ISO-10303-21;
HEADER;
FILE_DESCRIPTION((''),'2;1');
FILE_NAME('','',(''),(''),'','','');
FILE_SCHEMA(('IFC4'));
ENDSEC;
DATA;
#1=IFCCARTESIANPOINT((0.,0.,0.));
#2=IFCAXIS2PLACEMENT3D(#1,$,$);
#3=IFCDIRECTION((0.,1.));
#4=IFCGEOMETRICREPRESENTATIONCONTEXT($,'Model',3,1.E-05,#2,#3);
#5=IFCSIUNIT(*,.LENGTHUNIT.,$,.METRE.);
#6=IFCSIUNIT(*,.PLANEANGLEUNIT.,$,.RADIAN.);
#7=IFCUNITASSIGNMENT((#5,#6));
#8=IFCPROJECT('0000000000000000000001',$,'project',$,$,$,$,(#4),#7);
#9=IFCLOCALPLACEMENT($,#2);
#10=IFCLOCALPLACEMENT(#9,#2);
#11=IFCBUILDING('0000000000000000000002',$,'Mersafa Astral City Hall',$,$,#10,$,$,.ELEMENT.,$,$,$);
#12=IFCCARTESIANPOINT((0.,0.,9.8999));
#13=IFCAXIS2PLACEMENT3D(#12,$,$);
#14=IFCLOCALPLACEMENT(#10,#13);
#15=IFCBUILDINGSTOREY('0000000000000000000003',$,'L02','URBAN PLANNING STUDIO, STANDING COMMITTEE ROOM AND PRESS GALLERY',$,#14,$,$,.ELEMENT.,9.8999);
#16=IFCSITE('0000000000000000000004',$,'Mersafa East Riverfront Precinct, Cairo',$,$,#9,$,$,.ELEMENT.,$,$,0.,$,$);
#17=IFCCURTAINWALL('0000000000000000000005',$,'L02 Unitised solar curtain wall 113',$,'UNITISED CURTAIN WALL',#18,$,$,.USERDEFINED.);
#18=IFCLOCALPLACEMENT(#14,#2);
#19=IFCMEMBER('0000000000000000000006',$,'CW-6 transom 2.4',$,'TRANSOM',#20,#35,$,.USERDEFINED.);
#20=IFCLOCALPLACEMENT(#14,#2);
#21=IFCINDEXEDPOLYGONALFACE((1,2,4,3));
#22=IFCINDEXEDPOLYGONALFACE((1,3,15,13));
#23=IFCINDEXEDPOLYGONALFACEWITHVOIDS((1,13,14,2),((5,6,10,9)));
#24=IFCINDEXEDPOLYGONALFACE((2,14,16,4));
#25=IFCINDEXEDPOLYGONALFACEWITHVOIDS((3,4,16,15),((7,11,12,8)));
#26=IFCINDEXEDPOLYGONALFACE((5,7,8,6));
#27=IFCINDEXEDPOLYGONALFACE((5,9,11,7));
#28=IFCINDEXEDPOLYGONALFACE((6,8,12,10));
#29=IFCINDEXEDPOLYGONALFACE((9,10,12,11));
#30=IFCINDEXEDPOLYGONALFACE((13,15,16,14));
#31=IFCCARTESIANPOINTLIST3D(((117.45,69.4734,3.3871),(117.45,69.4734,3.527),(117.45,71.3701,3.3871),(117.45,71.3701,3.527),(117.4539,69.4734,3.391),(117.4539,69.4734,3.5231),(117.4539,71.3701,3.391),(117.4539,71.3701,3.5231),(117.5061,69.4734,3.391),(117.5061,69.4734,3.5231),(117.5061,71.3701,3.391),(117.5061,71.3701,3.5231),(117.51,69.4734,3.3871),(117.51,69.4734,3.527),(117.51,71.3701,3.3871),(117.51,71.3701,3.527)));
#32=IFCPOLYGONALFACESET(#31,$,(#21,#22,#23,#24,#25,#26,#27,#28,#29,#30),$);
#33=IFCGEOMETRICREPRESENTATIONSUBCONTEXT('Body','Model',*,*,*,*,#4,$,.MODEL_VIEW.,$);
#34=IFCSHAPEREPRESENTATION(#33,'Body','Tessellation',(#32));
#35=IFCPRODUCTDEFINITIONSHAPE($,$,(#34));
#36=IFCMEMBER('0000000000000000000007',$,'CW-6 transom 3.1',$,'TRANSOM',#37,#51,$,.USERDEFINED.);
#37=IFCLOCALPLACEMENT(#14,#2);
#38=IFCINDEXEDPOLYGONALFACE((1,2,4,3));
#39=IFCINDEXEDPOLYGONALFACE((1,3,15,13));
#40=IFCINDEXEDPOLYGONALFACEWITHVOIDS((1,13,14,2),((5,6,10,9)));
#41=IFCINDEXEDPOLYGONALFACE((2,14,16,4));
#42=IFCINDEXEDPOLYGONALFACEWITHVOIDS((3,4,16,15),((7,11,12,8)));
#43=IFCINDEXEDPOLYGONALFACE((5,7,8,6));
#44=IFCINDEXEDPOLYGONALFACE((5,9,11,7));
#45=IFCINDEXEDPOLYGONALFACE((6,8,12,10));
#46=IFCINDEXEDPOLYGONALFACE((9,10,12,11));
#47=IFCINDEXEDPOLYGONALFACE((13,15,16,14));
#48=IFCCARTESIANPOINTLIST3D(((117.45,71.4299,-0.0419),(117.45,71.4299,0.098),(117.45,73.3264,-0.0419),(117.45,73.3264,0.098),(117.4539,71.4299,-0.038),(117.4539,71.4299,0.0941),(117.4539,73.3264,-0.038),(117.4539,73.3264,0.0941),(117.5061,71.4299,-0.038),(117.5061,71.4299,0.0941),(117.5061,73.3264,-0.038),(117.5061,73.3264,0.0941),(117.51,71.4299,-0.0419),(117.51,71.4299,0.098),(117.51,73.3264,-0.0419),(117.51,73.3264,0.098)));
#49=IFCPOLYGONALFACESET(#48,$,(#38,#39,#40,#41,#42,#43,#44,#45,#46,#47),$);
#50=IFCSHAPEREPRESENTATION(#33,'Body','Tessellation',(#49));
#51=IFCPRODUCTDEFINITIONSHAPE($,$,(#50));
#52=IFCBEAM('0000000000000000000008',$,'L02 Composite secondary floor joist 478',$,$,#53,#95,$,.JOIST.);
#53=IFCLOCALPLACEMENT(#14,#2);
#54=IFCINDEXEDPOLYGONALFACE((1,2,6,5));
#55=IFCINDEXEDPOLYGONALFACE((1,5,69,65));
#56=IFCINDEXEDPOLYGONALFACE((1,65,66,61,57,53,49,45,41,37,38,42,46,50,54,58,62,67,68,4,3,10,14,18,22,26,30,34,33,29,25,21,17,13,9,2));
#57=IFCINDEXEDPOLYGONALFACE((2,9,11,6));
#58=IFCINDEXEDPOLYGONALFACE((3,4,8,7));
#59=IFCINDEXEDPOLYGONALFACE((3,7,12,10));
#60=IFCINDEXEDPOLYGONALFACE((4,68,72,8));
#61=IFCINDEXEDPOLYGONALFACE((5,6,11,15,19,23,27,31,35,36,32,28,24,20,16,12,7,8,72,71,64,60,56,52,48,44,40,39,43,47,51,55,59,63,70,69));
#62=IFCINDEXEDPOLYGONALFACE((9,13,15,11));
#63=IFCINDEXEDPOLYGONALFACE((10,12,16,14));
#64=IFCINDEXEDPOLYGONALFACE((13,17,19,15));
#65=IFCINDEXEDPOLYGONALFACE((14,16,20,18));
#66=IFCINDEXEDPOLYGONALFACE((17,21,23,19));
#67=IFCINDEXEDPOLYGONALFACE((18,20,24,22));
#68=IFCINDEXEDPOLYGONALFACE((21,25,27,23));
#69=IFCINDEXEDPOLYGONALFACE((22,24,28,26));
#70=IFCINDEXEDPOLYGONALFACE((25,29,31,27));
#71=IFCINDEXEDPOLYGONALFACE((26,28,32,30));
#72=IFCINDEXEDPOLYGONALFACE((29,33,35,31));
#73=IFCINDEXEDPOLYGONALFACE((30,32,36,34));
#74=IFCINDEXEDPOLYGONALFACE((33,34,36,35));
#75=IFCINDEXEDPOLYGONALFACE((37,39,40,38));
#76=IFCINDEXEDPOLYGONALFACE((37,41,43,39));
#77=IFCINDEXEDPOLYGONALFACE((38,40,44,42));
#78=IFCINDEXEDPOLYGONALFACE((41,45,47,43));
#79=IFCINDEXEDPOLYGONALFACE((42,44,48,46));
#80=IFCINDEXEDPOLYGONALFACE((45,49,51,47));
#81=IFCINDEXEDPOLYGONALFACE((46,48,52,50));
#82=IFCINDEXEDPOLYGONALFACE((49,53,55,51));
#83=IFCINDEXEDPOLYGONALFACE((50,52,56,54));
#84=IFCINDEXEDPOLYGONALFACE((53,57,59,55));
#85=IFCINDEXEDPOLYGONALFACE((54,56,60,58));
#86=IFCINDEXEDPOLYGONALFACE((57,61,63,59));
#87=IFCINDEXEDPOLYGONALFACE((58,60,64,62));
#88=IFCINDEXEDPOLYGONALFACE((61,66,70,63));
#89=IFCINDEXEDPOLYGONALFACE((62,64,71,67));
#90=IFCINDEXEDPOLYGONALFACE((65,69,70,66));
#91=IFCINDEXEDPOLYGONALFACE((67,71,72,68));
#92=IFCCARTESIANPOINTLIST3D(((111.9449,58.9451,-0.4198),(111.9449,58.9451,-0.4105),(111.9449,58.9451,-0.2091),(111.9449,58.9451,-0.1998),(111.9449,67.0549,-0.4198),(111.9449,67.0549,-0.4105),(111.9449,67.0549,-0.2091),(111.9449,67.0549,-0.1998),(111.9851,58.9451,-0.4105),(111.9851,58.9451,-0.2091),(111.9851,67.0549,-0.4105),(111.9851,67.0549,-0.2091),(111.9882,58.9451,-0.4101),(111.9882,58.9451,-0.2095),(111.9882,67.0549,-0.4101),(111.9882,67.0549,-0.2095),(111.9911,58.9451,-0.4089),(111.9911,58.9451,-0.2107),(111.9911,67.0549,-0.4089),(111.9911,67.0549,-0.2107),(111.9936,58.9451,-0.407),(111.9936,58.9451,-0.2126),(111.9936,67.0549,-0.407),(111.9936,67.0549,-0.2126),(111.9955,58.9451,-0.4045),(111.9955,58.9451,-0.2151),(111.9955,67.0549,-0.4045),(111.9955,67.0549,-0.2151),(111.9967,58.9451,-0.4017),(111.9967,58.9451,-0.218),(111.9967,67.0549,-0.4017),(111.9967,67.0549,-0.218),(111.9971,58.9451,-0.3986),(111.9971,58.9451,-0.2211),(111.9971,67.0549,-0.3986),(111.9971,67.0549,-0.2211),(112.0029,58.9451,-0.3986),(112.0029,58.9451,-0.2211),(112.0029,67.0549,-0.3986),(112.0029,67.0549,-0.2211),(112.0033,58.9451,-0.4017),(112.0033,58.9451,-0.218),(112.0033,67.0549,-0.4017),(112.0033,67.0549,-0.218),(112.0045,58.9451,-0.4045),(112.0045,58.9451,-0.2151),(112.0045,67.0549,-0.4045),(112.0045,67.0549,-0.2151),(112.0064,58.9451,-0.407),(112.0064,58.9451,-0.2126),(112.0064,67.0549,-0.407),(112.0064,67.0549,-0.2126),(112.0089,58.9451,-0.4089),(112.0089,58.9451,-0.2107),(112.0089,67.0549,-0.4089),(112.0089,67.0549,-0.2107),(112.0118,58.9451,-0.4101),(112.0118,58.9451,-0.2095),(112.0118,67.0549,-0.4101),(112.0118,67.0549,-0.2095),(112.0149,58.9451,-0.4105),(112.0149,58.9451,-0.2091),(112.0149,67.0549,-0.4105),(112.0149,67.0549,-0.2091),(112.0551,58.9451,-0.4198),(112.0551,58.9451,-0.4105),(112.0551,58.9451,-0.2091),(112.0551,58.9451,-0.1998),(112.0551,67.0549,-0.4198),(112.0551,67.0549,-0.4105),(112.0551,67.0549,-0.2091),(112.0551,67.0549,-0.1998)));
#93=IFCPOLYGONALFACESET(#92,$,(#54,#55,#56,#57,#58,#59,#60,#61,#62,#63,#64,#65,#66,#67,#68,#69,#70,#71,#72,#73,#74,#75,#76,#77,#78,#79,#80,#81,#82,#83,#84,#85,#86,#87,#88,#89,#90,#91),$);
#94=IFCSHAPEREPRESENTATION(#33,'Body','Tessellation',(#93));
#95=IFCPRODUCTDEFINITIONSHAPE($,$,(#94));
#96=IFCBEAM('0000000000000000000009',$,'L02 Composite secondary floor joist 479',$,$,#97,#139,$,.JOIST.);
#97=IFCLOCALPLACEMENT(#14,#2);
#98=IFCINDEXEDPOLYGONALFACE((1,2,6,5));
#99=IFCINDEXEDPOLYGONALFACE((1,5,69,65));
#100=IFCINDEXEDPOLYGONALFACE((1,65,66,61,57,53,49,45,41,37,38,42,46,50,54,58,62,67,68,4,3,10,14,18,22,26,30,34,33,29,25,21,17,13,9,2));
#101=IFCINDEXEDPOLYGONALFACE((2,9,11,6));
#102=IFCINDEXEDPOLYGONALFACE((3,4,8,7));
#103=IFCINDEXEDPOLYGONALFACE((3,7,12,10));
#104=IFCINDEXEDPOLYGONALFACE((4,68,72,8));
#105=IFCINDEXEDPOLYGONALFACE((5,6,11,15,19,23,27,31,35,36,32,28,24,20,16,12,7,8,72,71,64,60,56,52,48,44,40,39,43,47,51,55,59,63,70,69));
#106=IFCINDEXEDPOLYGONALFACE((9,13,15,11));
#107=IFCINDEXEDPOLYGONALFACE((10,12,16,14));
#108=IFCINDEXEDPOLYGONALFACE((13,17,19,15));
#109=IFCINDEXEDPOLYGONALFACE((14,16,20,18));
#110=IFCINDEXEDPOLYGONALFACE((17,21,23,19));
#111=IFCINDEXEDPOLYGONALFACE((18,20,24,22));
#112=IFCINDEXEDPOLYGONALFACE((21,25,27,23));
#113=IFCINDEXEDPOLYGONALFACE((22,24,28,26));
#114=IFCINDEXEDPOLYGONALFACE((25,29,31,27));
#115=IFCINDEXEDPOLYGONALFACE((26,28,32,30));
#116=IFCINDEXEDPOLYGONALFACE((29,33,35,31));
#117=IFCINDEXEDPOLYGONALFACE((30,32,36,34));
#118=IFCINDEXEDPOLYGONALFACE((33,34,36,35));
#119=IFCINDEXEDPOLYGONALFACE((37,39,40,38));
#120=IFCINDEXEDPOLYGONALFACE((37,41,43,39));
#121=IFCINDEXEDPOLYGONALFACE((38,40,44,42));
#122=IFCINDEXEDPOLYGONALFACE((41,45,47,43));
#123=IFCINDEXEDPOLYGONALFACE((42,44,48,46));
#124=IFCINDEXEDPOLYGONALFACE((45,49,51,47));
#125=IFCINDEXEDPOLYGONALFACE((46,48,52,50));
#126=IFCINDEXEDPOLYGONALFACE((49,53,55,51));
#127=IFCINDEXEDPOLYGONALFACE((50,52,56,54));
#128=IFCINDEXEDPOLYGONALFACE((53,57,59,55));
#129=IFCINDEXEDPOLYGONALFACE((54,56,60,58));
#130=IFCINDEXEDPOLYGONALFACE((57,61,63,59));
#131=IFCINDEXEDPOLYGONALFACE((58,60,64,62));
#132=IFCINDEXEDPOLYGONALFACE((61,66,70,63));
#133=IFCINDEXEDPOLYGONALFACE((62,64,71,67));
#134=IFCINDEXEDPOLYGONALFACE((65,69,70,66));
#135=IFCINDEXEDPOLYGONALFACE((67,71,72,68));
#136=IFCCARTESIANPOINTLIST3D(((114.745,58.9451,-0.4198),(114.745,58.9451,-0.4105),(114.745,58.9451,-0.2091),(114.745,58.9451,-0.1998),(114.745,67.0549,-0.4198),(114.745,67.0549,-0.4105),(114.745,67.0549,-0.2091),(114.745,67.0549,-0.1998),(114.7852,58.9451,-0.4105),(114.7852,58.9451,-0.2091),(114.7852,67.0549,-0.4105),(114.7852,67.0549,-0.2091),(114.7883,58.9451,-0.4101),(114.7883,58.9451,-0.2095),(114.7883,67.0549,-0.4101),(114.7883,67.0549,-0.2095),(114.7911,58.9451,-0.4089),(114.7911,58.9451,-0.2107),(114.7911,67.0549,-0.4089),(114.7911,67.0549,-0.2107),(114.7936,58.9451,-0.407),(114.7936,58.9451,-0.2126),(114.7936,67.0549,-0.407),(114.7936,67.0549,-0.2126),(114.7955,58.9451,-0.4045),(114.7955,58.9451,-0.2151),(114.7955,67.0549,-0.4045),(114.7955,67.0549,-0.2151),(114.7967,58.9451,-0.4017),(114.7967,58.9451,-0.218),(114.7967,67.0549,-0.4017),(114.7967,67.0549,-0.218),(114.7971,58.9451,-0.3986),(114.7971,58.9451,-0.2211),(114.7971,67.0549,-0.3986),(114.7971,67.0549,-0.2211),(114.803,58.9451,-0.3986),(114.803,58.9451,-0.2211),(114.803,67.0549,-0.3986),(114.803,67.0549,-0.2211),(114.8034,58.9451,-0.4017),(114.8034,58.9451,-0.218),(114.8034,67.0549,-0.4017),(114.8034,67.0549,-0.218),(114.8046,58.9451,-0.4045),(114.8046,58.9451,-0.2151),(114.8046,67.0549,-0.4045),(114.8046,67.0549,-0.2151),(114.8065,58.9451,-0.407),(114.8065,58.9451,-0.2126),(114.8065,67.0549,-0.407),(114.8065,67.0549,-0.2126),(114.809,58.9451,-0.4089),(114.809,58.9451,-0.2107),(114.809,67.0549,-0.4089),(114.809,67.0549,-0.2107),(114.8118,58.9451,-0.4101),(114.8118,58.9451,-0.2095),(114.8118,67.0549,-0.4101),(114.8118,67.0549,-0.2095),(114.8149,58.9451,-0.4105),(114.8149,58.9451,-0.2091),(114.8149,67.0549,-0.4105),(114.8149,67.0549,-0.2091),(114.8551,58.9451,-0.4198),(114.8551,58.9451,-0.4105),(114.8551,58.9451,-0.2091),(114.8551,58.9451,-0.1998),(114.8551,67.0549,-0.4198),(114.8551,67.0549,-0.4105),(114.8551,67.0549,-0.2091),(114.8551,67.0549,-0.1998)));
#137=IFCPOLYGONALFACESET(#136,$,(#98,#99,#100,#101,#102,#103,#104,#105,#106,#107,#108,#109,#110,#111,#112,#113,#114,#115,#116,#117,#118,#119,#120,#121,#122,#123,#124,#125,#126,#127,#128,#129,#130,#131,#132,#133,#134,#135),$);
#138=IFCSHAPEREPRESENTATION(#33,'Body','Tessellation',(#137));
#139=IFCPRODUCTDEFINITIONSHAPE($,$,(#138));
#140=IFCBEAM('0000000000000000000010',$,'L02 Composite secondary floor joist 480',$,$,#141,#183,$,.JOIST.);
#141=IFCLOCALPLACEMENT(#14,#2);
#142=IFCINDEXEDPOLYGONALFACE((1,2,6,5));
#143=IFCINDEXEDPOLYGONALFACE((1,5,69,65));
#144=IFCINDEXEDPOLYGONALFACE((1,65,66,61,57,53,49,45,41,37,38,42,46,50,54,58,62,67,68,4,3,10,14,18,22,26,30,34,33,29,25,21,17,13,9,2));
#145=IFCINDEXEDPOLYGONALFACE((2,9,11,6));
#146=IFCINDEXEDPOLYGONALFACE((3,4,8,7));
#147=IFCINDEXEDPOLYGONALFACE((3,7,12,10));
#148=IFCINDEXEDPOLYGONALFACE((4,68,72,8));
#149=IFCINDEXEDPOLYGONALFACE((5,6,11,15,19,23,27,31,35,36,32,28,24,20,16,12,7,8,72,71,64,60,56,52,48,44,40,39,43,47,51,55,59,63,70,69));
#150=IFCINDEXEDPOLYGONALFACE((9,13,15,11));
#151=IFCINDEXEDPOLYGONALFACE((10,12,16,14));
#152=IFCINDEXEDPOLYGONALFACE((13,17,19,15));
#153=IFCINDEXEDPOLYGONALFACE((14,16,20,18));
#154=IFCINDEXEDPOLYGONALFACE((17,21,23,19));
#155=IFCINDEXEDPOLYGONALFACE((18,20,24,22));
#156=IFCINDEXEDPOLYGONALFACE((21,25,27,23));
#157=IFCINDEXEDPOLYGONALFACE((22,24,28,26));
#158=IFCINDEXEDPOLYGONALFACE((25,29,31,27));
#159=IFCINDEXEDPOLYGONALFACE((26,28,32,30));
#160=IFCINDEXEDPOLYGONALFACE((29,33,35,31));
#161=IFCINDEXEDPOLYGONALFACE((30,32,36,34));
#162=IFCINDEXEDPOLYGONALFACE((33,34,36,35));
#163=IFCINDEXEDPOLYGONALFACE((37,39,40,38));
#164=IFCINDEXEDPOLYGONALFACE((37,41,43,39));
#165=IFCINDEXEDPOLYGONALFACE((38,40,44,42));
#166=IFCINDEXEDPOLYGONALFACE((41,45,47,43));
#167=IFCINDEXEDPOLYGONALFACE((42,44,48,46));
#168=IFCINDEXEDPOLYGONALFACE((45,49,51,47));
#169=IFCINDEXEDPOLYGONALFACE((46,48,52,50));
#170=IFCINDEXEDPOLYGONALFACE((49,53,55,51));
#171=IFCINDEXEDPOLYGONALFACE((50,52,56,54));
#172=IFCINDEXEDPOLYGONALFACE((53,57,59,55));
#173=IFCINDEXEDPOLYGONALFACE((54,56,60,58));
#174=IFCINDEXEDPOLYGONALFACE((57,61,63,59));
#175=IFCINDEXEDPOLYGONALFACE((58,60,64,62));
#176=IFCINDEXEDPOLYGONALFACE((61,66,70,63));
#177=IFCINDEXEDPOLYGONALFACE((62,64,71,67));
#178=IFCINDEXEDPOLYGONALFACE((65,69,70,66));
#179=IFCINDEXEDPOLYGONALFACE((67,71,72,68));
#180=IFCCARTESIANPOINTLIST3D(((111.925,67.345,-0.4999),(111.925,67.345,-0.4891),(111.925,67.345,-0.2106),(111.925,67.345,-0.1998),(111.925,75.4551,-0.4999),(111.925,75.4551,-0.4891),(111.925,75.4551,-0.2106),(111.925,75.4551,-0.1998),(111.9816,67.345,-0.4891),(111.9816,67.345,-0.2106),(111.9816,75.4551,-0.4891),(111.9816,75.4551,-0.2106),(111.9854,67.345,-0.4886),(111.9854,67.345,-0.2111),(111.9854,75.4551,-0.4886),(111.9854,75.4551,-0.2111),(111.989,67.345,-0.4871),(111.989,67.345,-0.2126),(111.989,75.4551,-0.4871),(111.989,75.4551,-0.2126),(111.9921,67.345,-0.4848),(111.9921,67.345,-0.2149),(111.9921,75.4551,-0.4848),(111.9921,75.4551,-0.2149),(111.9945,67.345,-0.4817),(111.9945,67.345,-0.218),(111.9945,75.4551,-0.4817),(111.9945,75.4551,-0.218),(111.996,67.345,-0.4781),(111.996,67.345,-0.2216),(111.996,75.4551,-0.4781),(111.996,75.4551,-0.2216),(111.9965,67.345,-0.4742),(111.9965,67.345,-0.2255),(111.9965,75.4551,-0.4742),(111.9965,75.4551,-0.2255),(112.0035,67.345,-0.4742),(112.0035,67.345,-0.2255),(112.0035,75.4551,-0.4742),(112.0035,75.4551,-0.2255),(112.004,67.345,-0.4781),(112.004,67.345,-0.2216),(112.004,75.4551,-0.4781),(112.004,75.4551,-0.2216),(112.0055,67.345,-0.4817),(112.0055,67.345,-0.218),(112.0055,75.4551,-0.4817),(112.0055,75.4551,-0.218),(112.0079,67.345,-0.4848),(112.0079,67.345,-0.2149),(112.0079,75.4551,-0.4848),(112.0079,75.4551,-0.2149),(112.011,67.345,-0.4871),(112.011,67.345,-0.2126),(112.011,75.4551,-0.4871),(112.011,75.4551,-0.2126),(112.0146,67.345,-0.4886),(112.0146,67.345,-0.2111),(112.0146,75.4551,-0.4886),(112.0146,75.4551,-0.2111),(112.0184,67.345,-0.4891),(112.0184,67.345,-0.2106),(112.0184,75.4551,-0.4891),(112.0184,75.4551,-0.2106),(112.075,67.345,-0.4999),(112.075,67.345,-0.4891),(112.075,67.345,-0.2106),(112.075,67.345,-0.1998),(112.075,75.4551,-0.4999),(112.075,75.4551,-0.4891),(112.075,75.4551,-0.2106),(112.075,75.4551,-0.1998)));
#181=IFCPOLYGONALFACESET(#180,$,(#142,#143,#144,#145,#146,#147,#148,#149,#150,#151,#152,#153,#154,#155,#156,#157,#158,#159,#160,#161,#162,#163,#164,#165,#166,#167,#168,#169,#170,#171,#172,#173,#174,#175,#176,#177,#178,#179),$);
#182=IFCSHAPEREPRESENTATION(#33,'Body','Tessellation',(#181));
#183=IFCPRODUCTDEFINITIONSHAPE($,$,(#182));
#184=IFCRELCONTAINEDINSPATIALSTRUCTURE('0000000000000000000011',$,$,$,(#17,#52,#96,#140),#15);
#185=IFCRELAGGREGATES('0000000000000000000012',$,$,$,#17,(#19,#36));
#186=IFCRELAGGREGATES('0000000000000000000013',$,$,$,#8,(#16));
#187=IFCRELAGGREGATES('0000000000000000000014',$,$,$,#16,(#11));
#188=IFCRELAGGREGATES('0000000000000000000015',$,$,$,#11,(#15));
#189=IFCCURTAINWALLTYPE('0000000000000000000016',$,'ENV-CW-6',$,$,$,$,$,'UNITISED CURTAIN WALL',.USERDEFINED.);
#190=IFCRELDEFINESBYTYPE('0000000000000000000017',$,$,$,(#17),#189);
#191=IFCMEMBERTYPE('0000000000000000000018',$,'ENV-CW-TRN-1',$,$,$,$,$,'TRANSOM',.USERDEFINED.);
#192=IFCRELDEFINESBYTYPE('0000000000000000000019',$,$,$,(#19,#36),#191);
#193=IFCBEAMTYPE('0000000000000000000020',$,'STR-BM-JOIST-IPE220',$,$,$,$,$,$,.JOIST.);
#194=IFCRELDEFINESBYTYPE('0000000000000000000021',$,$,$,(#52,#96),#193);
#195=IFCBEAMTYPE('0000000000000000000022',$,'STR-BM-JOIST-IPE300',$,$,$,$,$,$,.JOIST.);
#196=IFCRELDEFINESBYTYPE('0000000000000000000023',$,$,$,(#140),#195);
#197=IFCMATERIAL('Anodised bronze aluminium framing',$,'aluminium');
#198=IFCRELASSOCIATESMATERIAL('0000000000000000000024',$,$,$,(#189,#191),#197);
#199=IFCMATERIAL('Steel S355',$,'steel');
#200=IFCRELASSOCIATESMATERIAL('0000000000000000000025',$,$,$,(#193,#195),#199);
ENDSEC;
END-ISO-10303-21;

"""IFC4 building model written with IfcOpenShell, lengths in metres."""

from ifc_helpers import new_model, si_unit, direction, frame, origin, origin_2d, place, context, subcontext, project, spatial, hollow_rectangle, i_section, extrude, material, material_profile, profile_set, type_object, element, aggregate, save


model = new_model("IFC4")

# Units and contexts
model_context = context("Model", 3, precision=1e-05, world=origin(), true_north=direction((0.0, 1.0)))
body_context = subcontext(model_context, "Body", "Model", "MODEL_VIEW")
ifc_project = project(units=[si_unit("LENGTHUNIT", "METRE"), si_unit("PLANEANGLEUNIT", "RADIAN")], contexts=[model_context])

# Site, building, storey
site_placement = place(None, origin())
site = spatial("IfcSite", under=ifc_project, at=site_placement, Name="Mersafa East Riverfront Precinct, Cairo", CompositionType="ELEMENT", RefElevation=0.0)
building_placement = place(site_placement, origin())
building = spatial("IfcBuilding", under=site, at=building_placement, Name="Mersafa Astral City Hall", CompositionType="ELEMENT")
storey_placement = place(building_placement, frame((0.0, 0.0, 9.8999)))
storey = spatial("IfcBuildingStorey", under=building, at=storey_placement, Name="L02", Description="URBAN PLANNING STUDIO, STANDING COMMITTEE ROOM AND PRESS GALLERY", CompositionType="ELEMENT", Elevation=9.8999)

# Shared definitions
ifc_material_1 = material(Name="Anodised bronze aluminium framing", Category="aluminium")

# Curtain wall, members
curtain_wall_type_1 = type_object("IfcCurtainWallType", Name="ENV-CW-6", ElementType="UNITISED CURTAIN WALL", PredefinedType="USERDEFINED", material=ifc_material_1)
curtain_wall_1_placement = place(storey_placement, origin())
curtain_wall_1 = element("IfcCurtainWall", 1, at=curtain_wall_1_placement, inside=storey, type_object=curtain_wall_type_1, Name="L02 Unitised solar curtain wall 113", ObjectType="UNITISED CURTAIN WALL", PredefinedType="USERDEFINED")
ifc_material_profile_1 = material_profile(ifc_material_1, hollow_rectangle(XDim=0.0601, YDim=0.1399, WallThickness=0.0039, at=origin_2d()), Name="RHS 60x140x4")
ifc_profile_set_1 = profile_set([ifc_material_profile_1], Name="Anodised bronze aluminium framing")
member_type_1 = type_object("IfcMemberType", Name="ENV-CW-TRN-1", ElementType="TRANSOM", PredefinedType="USERDEFINED", material=ifc_profile_set_1)
member_1_placement = place(storey_placement, frame((117.48, 69.4734, 3.457), z_axis=(0.0, 1.0, 0.0), x_axis=(-1.0, 0.0, 0.0)))
member_1 = element("IfcMember", 2, at=member_1_placement, type_object=member_type_1, Name="CW-6 transom 2.4", ObjectType="TRANSOM", PredefinedType="USERDEFINED", context=body_context, shape_type="SweptSolid", body=[
    extrude(hollow_rectangle(XDim=0.0601, YDim=0.1399, WallThickness=0.0039, at=origin_2d()), origin(), (0.0, 0.0, 1.0), 1.8967),
])
member_2_placement = place(storey_placement, frame((117.48, 71.4299, 0.0281), z_axis=(0.0, 1.0, 0.0), x_axis=(-1.0, 0.0, 0.0)))
member_2 = element("IfcMember", 3, at=member_2_placement, type_object=member_type_1, Name="CW-6 transom 3.1", ObjectType="TRANSOM", PredefinedType="USERDEFINED", context=body_context, shape_type="SweptSolid", body=[
    extrude(hollow_rectangle(XDim=0.0601, YDim=0.1399, WallThickness=0.0039, at=origin_2d()), origin(), (0.0, 0.0, 1.0), 1.8965),
])

# Beams
ifc_material_2 = material(Name="Steel S355", Category="steel")
ifc_material_profile_2 = material_profile(ifc_material_2, i_section(OverallWidth=0.1101, OverallDepth=0.22, WebThickness=0.0059, FlangeThickness=0.0093, FilletRadius=0.012, at=origin_2d()), Name="IPE 220")
ifc_profile_set_2 = profile_set([ifc_material_profile_2], Name="Steel S355")
beam_type_1 = type_object("IfcBeamType", Name="STR-BM-JOIST-IPE220", PredefinedType="JOIST", material=ifc_profile_set_2)
for number, where, z_axis, x_axis, name in (
    (4, (112.0, 58.9451, -0.3098), (0.0, 1.0, 0.0), (-1.0, 0.0, 0.0), "L02 Composite secondary floor joist 478"),
    (5, (114.8, 58.9451, -0.3098), (0.0, 1.0, 0.0), (-1.0, 0.0, 0.0), "L02 Composite secondary floor joist 479"),
):
    element("IfcBeam", number, at=place(storey_placement, frame(where, z_axis=z_axis, x_axis=x_axis)), inside=storey, type_object=beam_type_1, Name=name, PredefinedType="JOIST", context=body_context, shape_type="SweptSolid", body=[
        extrude(i_section(OverallWidth=0.1101, OverallDepth=0.22, WebThickness=0.0059, FlangeThickness=0.0093, FilletRadius=0.012, at=origin_2d()), origin(), (0.0, 0.0, 1.0), 8.1099),
    ])
ifc_material_profile_3 = material_profile(ifc_material_2, i_section(OverallWidth=0.1499, OverallDepth=0.3, WebThickness=0.0071, FlangeThickness=0.0107, FilletRadius=0.0149, at=origin_2d()), Name="IPE 300")
ifc_profile_set_3 = profile_set([ifc_material_profile_3], Name="Steel S355")
beam_type_2 = type_object("IfcBeamType", Name="STR-BM-JOIST-IPE300", PredefinedType="JOIST", material=ifc_profile_set_3)
for number, where, z_axis, x_axis, name in (
    (6, (112.0, 67.345, -0.3499), (0.0, 1.0, 0.0), (-1.0, 0.0, 0.0), "L02 Composite secondary floor joist 480"),
):
    element("IfcBeam", number, at=place(storey_placement, frame(where, z_axis=z_axis, x_axis=x_axis)), inside=storey, type_object=beam_type_2, Name=name, PredefinedType="JOIST", context=body_context, shape_type="SweptSolid", body=[
        extrude(i_section(OverallWidth=0.1499, OverallDepth=0.3, WebThickness=0.0071, FlangeThickness=0.0107, FilletRadius=0.0149, at=origin_2d()), origin(), (0.0, 0.0, 1.0), 8.1101),
    ])

aggregate(curtain_wall_1, [member_1, member_2])

save(model, "model.ifc")
